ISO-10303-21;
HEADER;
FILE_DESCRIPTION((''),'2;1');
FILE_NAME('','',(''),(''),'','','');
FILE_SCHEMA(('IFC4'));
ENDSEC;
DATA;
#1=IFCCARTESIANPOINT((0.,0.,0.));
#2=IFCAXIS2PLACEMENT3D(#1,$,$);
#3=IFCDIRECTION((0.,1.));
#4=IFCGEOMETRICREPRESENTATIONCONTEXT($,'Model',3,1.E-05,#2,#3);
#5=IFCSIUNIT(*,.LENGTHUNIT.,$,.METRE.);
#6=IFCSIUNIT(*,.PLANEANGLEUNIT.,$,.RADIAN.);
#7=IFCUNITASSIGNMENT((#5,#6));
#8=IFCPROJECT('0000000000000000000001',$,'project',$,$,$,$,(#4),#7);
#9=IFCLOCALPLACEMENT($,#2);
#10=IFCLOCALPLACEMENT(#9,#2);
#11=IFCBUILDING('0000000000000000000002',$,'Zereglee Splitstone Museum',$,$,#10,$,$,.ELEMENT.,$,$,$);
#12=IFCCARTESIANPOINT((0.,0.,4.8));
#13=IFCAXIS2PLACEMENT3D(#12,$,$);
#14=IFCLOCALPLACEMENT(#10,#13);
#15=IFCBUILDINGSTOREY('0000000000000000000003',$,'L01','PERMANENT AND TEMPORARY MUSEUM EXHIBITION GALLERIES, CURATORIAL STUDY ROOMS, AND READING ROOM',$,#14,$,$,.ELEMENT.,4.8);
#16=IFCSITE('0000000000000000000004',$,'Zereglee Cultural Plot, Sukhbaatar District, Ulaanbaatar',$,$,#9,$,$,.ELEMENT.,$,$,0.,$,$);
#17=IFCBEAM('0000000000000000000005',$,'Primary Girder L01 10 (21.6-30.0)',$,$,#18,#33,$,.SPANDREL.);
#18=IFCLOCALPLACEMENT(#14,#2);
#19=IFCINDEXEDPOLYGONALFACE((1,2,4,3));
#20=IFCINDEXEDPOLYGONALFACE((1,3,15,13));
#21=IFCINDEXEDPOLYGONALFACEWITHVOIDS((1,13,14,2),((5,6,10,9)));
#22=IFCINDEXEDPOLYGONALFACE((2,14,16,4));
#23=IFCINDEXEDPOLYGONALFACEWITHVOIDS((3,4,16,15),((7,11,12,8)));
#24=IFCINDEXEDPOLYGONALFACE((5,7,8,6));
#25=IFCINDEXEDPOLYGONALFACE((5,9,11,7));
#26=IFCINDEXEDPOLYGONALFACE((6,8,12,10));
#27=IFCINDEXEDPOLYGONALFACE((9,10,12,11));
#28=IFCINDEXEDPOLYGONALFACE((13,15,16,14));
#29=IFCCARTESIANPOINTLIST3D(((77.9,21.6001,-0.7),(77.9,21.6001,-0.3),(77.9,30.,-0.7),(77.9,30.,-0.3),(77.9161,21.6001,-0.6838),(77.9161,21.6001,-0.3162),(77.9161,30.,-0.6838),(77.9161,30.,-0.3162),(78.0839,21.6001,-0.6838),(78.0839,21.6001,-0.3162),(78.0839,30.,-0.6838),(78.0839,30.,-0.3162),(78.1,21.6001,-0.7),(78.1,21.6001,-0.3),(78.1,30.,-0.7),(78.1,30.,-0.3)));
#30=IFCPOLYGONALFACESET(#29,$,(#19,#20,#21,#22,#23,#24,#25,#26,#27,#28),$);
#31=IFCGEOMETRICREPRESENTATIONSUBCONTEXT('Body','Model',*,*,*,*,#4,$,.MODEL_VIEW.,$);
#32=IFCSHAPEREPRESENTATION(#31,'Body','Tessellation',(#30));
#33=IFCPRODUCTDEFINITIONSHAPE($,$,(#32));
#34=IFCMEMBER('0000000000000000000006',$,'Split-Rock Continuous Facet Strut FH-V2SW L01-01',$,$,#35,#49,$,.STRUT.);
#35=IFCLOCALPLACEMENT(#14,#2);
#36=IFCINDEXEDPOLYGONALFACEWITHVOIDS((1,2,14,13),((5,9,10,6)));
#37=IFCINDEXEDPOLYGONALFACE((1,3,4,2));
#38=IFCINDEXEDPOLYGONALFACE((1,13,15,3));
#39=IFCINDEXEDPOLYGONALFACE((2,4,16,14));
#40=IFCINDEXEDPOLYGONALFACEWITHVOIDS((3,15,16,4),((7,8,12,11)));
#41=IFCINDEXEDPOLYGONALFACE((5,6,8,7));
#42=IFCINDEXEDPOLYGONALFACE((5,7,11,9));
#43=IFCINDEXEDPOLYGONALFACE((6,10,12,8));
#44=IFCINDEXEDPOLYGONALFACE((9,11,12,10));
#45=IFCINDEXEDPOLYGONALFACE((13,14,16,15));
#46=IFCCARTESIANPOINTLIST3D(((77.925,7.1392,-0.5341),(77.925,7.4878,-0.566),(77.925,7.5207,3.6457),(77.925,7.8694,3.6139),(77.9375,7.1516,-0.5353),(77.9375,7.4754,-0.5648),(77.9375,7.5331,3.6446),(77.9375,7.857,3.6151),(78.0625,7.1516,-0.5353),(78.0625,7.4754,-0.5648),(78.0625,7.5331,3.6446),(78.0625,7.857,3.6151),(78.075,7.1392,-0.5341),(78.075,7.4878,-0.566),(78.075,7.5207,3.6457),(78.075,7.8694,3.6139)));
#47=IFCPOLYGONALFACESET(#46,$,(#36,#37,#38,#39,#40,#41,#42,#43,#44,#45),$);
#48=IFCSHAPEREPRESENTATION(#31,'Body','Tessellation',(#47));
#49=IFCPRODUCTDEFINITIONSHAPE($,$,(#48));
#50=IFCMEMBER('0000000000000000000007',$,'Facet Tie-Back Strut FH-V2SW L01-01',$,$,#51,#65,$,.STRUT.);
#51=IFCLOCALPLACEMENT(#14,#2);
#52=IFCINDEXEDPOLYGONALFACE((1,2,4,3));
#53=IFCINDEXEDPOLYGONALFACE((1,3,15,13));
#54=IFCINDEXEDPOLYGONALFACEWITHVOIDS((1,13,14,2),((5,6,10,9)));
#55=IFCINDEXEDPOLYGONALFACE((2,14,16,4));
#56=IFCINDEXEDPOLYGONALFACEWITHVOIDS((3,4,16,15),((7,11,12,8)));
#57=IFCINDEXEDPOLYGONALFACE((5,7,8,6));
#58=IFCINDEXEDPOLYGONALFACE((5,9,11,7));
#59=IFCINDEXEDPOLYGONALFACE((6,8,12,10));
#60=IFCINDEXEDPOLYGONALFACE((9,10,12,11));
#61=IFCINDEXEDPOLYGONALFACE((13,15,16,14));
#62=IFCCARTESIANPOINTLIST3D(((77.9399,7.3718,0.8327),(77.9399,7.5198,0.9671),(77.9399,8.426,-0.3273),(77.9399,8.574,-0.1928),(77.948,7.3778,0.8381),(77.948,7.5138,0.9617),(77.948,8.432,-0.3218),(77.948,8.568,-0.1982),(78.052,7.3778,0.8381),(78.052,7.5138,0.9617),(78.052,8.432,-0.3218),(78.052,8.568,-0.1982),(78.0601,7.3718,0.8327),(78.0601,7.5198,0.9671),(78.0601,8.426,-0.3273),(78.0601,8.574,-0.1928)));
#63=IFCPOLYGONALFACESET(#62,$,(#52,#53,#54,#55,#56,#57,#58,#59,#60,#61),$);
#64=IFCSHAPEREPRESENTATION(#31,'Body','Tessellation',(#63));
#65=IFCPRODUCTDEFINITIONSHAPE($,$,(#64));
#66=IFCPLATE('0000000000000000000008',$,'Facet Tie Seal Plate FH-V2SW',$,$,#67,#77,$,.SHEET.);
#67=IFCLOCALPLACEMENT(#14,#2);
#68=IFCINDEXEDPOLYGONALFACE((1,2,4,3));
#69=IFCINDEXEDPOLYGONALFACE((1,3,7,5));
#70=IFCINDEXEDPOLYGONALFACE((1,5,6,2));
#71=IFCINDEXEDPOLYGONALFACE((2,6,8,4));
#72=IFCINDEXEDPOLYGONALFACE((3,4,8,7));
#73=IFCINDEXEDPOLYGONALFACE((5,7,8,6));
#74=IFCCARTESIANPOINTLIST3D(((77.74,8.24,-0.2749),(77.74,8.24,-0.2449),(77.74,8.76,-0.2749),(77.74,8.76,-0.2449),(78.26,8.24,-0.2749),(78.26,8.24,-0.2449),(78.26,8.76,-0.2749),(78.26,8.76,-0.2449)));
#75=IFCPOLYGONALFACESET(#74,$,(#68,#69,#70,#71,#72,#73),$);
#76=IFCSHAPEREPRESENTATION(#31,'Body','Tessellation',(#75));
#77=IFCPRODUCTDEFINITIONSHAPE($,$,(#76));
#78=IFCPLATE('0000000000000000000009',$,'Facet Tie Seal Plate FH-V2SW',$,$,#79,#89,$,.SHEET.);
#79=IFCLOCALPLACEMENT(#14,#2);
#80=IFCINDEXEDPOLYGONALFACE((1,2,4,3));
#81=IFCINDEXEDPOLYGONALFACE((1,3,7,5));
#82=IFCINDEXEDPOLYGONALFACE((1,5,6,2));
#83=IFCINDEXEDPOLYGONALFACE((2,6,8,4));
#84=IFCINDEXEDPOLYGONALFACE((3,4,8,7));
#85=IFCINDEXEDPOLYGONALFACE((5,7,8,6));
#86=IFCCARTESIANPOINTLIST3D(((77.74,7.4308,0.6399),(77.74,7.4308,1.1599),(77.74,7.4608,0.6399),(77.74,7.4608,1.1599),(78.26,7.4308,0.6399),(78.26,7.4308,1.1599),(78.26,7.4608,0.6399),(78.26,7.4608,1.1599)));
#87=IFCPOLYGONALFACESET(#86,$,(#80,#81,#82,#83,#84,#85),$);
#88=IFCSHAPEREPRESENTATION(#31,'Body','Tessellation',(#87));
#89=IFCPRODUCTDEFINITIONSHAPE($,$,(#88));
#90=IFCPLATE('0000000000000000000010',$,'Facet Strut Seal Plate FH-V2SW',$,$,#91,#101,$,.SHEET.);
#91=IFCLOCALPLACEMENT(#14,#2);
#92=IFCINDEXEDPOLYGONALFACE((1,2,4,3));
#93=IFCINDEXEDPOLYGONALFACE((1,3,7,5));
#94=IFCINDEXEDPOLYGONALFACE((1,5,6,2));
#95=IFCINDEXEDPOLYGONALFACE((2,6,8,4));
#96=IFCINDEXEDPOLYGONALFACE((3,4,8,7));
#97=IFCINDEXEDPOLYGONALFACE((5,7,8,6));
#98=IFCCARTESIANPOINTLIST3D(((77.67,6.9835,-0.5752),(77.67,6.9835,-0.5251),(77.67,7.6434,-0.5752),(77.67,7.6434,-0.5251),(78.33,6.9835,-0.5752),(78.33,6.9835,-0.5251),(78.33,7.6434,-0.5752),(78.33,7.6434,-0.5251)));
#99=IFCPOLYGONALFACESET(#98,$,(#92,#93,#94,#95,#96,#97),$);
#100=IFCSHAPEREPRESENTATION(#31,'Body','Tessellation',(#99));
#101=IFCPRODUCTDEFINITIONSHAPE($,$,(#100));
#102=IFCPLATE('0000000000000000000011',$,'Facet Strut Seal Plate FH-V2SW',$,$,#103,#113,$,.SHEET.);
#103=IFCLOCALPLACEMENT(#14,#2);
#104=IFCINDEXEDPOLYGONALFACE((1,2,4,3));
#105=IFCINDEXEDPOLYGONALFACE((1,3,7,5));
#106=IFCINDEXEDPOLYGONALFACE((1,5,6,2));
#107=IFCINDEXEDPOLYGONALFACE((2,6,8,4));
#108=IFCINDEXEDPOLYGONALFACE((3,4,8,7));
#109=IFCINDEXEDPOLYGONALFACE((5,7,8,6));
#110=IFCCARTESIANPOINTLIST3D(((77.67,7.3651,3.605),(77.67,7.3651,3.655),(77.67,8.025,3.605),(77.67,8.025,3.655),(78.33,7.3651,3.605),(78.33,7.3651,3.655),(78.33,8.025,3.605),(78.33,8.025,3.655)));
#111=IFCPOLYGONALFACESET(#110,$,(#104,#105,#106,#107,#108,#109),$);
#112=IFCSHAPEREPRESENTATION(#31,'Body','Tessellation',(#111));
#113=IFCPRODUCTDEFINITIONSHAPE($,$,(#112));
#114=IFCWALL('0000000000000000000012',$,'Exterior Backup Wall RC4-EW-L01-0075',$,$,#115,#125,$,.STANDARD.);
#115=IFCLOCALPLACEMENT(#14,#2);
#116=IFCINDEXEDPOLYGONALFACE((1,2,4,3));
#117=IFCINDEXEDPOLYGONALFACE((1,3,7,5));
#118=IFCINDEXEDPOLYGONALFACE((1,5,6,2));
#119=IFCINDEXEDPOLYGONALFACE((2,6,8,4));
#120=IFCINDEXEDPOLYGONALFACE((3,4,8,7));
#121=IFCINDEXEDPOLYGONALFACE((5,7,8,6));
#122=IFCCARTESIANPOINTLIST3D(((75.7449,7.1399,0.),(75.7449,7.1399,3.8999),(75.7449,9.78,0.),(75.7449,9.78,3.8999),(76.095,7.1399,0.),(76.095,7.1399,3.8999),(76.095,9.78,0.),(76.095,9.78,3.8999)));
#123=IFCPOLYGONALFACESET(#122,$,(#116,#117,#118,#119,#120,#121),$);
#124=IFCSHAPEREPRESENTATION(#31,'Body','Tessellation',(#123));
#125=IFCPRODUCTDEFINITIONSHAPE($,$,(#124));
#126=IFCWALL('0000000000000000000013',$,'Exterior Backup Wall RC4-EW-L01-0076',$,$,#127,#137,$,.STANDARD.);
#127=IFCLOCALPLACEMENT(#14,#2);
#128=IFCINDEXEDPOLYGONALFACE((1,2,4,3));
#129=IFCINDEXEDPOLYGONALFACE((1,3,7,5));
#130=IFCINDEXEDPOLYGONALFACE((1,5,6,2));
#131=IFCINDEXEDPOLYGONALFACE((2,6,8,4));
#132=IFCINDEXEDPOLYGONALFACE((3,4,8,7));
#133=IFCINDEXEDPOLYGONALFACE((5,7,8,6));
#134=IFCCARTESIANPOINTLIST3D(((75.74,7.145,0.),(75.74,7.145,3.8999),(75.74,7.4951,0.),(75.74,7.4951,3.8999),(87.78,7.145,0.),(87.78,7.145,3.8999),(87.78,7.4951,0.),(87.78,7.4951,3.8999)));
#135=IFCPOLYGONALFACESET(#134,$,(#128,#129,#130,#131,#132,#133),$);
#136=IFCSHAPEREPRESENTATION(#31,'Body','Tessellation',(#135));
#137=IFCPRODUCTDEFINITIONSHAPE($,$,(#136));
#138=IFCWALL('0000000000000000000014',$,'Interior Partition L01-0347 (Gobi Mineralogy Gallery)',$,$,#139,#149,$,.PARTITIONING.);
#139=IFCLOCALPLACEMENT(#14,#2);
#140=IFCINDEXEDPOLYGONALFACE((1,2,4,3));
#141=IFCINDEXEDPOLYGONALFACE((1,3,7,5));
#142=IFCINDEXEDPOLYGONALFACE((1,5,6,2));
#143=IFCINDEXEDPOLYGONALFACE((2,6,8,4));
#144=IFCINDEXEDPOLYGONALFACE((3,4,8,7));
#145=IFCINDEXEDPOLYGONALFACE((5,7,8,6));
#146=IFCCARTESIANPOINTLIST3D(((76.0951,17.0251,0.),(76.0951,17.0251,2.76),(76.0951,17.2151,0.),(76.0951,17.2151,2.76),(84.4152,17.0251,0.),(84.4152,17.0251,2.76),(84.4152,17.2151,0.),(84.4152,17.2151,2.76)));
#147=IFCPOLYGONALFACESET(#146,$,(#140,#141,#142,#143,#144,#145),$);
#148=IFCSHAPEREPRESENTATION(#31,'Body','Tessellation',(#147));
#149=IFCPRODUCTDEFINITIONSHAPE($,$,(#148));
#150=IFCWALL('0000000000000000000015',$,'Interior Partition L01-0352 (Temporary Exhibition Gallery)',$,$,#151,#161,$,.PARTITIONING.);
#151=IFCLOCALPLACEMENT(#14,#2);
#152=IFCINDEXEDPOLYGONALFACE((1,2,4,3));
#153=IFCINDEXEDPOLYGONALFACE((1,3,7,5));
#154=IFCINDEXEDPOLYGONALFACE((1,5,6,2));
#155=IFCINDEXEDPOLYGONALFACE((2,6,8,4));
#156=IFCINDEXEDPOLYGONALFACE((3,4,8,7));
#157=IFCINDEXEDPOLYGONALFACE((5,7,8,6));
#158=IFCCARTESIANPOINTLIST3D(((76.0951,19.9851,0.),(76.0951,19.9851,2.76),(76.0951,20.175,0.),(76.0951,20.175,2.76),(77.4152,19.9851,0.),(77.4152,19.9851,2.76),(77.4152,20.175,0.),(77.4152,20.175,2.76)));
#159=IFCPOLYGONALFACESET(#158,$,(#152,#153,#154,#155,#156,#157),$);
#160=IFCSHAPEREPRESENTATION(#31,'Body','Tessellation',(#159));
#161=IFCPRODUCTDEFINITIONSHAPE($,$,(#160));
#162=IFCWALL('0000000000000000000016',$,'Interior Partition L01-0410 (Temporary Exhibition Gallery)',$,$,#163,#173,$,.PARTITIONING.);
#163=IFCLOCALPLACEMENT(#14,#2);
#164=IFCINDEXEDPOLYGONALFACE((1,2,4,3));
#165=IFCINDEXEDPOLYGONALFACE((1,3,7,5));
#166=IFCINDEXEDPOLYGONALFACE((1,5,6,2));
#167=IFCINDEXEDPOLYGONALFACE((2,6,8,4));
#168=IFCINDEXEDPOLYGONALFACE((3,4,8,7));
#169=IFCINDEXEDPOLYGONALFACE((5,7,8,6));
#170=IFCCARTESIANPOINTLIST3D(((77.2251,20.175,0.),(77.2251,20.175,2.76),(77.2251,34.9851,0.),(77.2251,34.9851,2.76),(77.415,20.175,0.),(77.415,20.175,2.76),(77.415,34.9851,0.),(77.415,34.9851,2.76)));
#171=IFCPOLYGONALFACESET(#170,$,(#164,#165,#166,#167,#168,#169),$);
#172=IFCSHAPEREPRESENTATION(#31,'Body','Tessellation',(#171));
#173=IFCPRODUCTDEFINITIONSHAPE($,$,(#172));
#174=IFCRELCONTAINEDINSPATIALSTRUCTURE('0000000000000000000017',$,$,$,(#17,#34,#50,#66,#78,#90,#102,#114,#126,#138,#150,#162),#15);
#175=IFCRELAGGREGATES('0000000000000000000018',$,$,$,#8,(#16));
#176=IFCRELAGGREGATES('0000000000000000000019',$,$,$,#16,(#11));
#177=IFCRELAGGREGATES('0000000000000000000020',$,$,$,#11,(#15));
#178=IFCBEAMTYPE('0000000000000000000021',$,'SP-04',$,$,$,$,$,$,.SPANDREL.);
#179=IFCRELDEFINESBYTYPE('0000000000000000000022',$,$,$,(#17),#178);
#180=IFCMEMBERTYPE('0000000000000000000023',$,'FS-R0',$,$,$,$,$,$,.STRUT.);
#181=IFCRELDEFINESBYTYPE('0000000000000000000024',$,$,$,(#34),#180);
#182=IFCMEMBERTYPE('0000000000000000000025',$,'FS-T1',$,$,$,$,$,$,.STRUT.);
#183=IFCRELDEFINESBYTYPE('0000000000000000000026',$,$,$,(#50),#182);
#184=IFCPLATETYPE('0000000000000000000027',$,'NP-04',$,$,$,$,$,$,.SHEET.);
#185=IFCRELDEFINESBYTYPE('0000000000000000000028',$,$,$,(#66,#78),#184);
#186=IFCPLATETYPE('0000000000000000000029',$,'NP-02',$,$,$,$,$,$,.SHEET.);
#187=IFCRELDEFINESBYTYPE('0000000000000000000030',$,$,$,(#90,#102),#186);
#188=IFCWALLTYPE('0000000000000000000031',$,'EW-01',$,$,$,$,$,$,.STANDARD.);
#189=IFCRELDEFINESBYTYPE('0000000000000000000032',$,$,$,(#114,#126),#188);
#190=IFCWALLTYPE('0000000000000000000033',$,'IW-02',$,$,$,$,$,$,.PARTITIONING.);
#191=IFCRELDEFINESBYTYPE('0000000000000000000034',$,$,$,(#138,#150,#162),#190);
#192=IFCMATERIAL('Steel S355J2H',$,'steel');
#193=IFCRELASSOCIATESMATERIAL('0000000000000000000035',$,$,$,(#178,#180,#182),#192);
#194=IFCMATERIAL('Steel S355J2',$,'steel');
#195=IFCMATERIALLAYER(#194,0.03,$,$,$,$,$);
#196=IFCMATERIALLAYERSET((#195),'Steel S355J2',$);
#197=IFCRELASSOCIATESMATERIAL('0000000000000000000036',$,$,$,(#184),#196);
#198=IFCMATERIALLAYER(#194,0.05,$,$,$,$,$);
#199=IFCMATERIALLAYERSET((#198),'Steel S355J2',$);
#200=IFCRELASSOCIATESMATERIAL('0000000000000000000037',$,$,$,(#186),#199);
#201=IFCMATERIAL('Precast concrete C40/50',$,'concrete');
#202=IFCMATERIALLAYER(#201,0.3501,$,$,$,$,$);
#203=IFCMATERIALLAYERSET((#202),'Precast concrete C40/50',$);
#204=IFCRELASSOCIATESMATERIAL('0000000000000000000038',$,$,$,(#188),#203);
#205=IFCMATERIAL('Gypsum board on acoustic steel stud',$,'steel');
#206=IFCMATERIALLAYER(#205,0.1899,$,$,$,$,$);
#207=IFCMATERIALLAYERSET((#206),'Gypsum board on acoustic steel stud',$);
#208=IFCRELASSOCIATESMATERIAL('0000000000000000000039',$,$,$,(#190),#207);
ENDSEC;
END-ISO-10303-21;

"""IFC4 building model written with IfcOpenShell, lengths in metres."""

from ifc_helpers import new_model, si_unit, direction, frame, frame_2d, origin, origin_2d, place, context, subcontext, project, spatial, rectangle, hollow_rectangle, extrude, material, layer, layer_set, material_profile, profile_set, type_object, element, save


model = new_model("IFC4")

# Units and contexts
model_context = context("Model", 3, precision=1e-05, world=origin(), true_north=direction((0.0, 1.0)))
body_context = subcontext(model_context, "Body", "Model", "MODEL_VIEW")
ifc_project = project(units=[si_unit("LENGTHUNIT", "METRE"), si_unit("PLANEANGLEUNIT", "RADIAN")], contexts=[model_context])

# Site, building, storey
site_placement = place(None, origin())
site = spatial("IfcSite", under=ifc_project, at=site_placement, Name="Zereglee Cultural Plot, Sukhbaatar District, Ulaanbaatar", CompositionType="ELEMENT", RefElevation=0.0)
building_placement = place(site_placement, origin())
building = spatial("IfcBuilding", under=site, at=building_placement, Name="Zereglee Splitstone Museum", CompositionType="ELEMENT")
storey_placement = place(building_placement, frame((0.0, 0.0, 4.8)))
storey = spatial("IfcBuildingStorey", under=building, at=storey_placement, Name="L01", Description="PERMANENT AND TEMPORARY MUSEUM EXHIBITION GALLERIES, CURATORIAL STUDY ROOMS, AND READING ROOM", CompositionType="ELEMENT", Elevation=4.8)

# Shared definitions
ifc_material_1 = material(Name="Steel S355J2", Category="steel")

# Beam
ifc_material_2 = material(Name="Steel S355J2H", Category="steel")
ifc_material_profile_1 = material_profile(ifc_material_2, hollow_rectangle(XDim=0.2, YDim=0.3999, WallThickness=0.0161, at=origin_2d()), Name="RHS 400x200x16")
ifc_profile_set_1 = profile_set([ifc_material_profile_1], Name="Steel S355J2H")
beam_type_1 = type_object("IfcBeamType", Name="SP-04", PredefinedType="SPANDREL", material=ifc_profile_set_1)
beam_1_placement = place(storey_placement, frame((78.0, 21.6001, -0.5), z_axis=(0.0, 1.0, 0.0), x_axis=(-1.0, 0.0, 0.0)))
element("IfcBeam", 1, at=beam_1_placement, inside=storey, type_object=beam_type_1, Name="Primary Girder L01 10 (21.6-30.0)", PredefinedType="SPANDREL", context=body_context, shape_type="SweptSolid", body=[
    extrude(hollow_rectangle(XDim=0.2, YDim=0.3999, WallThickness=0.0161, at=origin_2d()), origin(), (0.0, 0.0, 1.0), 8.3999),
])

# Members
ifc_material_profile_2 = material_profile(ifc_material_2, hollow_rectangle(XDim=0.1499, YDim=0.3501, WallThickness=0.0125, at=origin_2d()), Name="RHS 350x150x12.5")
ifc_profile_set_2 = profile_set([ifc_material_profile_2], Name="Steel S355J2H")
member_type_1 = type_object("IfcMemberType", Name="FS-R0", PredefinedType="STRUT", material=ifc_profile_set_2)
member_1_placement = place(storey_placement, frame((78.0, 7.3135, -0.55), z_axis=(0.0, 0.090913, 0.995859), x_axis=(-1.0, 0.0, 0.0)))
element("IfcMember", 2, at=member_1_placement, inside=storey, type_object=member_type_1, Name="Split-Rock Continuous Facet Strut FH-V2SW L01-01", PredefinedType="STRUT", context=body_context, shape_type="SweptSolid", body=[
    extrude(hollow_rectangle(XDim=0.1499, YDim=0.3501, WallThickness=0.0125, at=origin_2d()), origin(), (0.0, 0.0, 1.0), 4.1973),
])
ifc_material_profile_3 = material_profile(ifc_material_2, hollow_rectangle(XDim=0.1201, YDim=0.2, WallThickness=0.0081, at=origin_2d()), Name="RHS 200x120x8")
ifc_profile_set_3 = profile_set([ifc_material_profile_3], Name="Steel S355J2H")
member_type_2 = type_object("IfcMemberType", Name="FS-T1", PredefinedType="STRUT", material=ifc_profile_set_3)
member_2_placement = place(storey_placement, frame((78.0, 8.5, -0.26), z_axis=(0.0, -0.67258, 0.740025), x_axis=(1.0, 0.0, 0.0)))
element("IfcMember", 3, at=member_2_placement, inside=storey, type_object=member_type_2, Name="Facet Tie-Back Strut FH-V2SW L01-01", PredefinedType="STRUT", context=body_context, shape_type="SweptSolid", body=[
    extrude(hollow_rectangle(XDim=0.1201, YDim=0.2, WallThickness=0.0081, at=origin_2d()), origin(), (0.0, 0.0, 1.0), 1.5674),
])

# Plates
ifc_layer_1 = layer(ifc_material_1, 0.03)
ifc_layer_set_1 = layer_set([ifc_layer_1], Name="Steel S355J2")
plate_type_1 = type_object("IfcPlateType", Name="NP-04", PredefinedType="SHEET", material=ifc_layer_set_1)
plate_1_placement = place(storey_placement, frame((78.0, 8.5, -0.2749), z_axis=(0.0, 0.0, 1.0), x_axis=(1.0, 0.0, 0.0)))
element("IfcPlate", 4, at=plate_1_placement, inside=storey, type_object=plate_type_1, Name="Facet Tie Seal Plate FH-V2SW", PredefinedType="SHEET", context=body_context, shape_type="SweptSolid", body=[
    extrude(rectangle(XDim=0.52, YDim=0.52, at=origin_2d()), origin(), (0.0, 0.0, 1.0), 0.03),
])
plate_2_placement = place(storey_placement, frame((78.0, 7.4458, 0.6399), z_axis=(0.0, 0.0, 1.0), x_axis=(1.0, 0.0, 0.0)))
element("IfcPlate", 5, at=plate_2_placement, inside=storey, type_object=plate_type_1, Name="Facet Tie Seal Plate FH-V2SW", PredefinedType="SHEET", context=body_context, shape_type="SweptSolid", body=[
    extrude(rectangle(XDim=0.52, YDim=0.03, at=origin_2d()), origin(), (0.0, 0.0, 1.0), 0.52),
])
ifc_layer_2 = layer(ifc_material_1, 0.05)
ifc_layer_set_2 = layer_set([ifc_layer_2], Name="Steel S355J2")
plate_type_2 = type_object("IfcPlateType", Name="NP-02", PredefinedType="SHEET", material=ifc_layer_set_2)
for number, where, z_axis, x_axis, name in (
    (6, (78.0, 7.3135, -0.5752), (0.0, 0.0, 1.0), (1.0, 0.0, 0.0), "Facet Strut Seal Plate FH-V2SW"),
    (7, (78.0, 7.6951, 3.605), (0.0, 0.0, 1.0), (1.0, 0.0, 0.0), "Facet Strut Seal Plate FH-V2SW"),
):
    element("IfcPlate", number, at=place(storey_placement, frame(where, z_axis=z_axis, x_axis=x_axis)), inside=storey, type_object=plate_type_2, Name=name, PredefinedType="SHEET", context=body_context, shape_type="SweptSolid", body=[
        extrude(rectangle(XDim=0.6599, YDim=0.6599, at=origin_2d()), origin(), (0.0, 0.0, 1.0), 0.05),
    ])

# Walls
ifc_material_3 = material(Name="Precast concrete C40/50", Category="concrete")
ifc_layer_3 = layer(ifc_material_3, 0.3501)
ifc_layer_set_3 = layer_set([ifc_layer_3], Name="Precast concrete C40/50")
wall_type_1 = type_object("IfcWallType", Name="EW-01", PredefinedType="STANDARD", material=ifc_layer_set_3)
wall_1_placement = place(storey_placement, frame((75.9199, 9.78, 0.0), z_axis=(0.0, 0.0, 1.0), x_axis=(0.0, -1.0, 0.0)))
element("IfcWall", 8, at=wall_1_placement, inside=storey, type_object=wall_type_1, Name="Exterior Backup Wall RC4-EW-L01-0075", PredefinedType="STANDARD", context=body_context, shape_type="SweptSolid", body=[
    extrude(rectangle(XDim=2.6401, YDim=0.3501, at=frame_2d((1.3201, 0.0))), origin(), (0.0, 0.0, 1.0), 3.8999),
])
wall_2_placement = place(storey_placement, frame((75.74, 7.3201, 0.0), z_axis=(0.0, 0.0, 1.0), x_axis=(1.0, 0.0, 0.0)))
element("IfcWall", 9, at=wall_2_placement, inside=storey, type_object=wall_type_1, Name="Exterior Backup Wall RC4-EW-L01-0076", PredefinedType="STANDARD", context=body_context, shape_type="SweptSolid", body=[
    extrude(rectangle(XDim=12.04, YDim=0.3501, at=frame_2d((6.02, 0.0))), origin(), (0.0, 0.0, 1.0), 3.8999),
])
ifc_material_4 = material(Name="Gypsum board on acoustic steel stud", Category="steel")
ifc_layer_4 = layer(ifc_material_4, 0.1899)
ifc_layer_set_4 = layer_set([ifc_layer_4], Name="Gypsum board on acoustic steel stud")
wall_type_2 = type_object("IfcWallType", Name="IW-02", PredefinedType="PARTITIONING", material=ifc_layer_set_4)
wall_3_placement = place(storey_placement, frame((76.095, 17.1201, 0.0), z_axis=(0.0, 0.0, 1.0), x_axis=(1.0, 0.0, 0.0)))
element("IfcWall", 10, at=wall_3_placement, inside=storey, type_object=wall_type_2, Name="Interior Partition L01-0347 (Gobi Mineralogy Gallery)", PredefinedType="PARTITIONING", context=body_context, shape_type="SweptSolid", body=[
    extrude(rectangle(XDim=8.3201, YDim=0.1899, at=frame_2d((4.1602, 0.0))), origin(), (0.0, 0.0, 1.0), 2.76),
])
wall_4_placement = place(storey_placement, frame((76.095, 20.0801, 0.0), z_axis=(0.0, 0.0, 1.0), x_axis=(1.0, 0.0, 0.0)))
element("IfcWall", 11, at=wall_4_placement, inside=storey, type_object=wall_type_2, Name="Interior Partition L01-0352 (Temporary Exhibition Gallery)", PredefinedType="PARTITIONING", context=body_context, shape_type="SweptSolid", body=[
    extrude(rectangle(XDim=1.3201, YDim=0.1899, at=frame_2d((0.6602, 0.0))), origin(), (0.0, 0.0, 1.0), 2.76),
])
wall_5_placement = place(storey_placement, frame((77.3201, 20.175, 0.0), z_axis=(0.0, 0.0, 1.0), x_axis=(0.0, 1.0, 0.0)))
element("IfcWall", 12, at=wall_5_placement, inside=storey, type_object=wall_type_2, Name="Interior Partition L01-0410 (Temporary Exhibition Gallery)", PredefinedType="PARTITIONING", context=body_context, shape_type="SweptSolid", body=[
    extrude(rectangle(XDim=14.8101, YDim=0.1899, at=frame_2d((7.405, 0.0))), origin(), (0.0, 0.0, 1.0), 2.76),
])

save(model, "model.ifc")
